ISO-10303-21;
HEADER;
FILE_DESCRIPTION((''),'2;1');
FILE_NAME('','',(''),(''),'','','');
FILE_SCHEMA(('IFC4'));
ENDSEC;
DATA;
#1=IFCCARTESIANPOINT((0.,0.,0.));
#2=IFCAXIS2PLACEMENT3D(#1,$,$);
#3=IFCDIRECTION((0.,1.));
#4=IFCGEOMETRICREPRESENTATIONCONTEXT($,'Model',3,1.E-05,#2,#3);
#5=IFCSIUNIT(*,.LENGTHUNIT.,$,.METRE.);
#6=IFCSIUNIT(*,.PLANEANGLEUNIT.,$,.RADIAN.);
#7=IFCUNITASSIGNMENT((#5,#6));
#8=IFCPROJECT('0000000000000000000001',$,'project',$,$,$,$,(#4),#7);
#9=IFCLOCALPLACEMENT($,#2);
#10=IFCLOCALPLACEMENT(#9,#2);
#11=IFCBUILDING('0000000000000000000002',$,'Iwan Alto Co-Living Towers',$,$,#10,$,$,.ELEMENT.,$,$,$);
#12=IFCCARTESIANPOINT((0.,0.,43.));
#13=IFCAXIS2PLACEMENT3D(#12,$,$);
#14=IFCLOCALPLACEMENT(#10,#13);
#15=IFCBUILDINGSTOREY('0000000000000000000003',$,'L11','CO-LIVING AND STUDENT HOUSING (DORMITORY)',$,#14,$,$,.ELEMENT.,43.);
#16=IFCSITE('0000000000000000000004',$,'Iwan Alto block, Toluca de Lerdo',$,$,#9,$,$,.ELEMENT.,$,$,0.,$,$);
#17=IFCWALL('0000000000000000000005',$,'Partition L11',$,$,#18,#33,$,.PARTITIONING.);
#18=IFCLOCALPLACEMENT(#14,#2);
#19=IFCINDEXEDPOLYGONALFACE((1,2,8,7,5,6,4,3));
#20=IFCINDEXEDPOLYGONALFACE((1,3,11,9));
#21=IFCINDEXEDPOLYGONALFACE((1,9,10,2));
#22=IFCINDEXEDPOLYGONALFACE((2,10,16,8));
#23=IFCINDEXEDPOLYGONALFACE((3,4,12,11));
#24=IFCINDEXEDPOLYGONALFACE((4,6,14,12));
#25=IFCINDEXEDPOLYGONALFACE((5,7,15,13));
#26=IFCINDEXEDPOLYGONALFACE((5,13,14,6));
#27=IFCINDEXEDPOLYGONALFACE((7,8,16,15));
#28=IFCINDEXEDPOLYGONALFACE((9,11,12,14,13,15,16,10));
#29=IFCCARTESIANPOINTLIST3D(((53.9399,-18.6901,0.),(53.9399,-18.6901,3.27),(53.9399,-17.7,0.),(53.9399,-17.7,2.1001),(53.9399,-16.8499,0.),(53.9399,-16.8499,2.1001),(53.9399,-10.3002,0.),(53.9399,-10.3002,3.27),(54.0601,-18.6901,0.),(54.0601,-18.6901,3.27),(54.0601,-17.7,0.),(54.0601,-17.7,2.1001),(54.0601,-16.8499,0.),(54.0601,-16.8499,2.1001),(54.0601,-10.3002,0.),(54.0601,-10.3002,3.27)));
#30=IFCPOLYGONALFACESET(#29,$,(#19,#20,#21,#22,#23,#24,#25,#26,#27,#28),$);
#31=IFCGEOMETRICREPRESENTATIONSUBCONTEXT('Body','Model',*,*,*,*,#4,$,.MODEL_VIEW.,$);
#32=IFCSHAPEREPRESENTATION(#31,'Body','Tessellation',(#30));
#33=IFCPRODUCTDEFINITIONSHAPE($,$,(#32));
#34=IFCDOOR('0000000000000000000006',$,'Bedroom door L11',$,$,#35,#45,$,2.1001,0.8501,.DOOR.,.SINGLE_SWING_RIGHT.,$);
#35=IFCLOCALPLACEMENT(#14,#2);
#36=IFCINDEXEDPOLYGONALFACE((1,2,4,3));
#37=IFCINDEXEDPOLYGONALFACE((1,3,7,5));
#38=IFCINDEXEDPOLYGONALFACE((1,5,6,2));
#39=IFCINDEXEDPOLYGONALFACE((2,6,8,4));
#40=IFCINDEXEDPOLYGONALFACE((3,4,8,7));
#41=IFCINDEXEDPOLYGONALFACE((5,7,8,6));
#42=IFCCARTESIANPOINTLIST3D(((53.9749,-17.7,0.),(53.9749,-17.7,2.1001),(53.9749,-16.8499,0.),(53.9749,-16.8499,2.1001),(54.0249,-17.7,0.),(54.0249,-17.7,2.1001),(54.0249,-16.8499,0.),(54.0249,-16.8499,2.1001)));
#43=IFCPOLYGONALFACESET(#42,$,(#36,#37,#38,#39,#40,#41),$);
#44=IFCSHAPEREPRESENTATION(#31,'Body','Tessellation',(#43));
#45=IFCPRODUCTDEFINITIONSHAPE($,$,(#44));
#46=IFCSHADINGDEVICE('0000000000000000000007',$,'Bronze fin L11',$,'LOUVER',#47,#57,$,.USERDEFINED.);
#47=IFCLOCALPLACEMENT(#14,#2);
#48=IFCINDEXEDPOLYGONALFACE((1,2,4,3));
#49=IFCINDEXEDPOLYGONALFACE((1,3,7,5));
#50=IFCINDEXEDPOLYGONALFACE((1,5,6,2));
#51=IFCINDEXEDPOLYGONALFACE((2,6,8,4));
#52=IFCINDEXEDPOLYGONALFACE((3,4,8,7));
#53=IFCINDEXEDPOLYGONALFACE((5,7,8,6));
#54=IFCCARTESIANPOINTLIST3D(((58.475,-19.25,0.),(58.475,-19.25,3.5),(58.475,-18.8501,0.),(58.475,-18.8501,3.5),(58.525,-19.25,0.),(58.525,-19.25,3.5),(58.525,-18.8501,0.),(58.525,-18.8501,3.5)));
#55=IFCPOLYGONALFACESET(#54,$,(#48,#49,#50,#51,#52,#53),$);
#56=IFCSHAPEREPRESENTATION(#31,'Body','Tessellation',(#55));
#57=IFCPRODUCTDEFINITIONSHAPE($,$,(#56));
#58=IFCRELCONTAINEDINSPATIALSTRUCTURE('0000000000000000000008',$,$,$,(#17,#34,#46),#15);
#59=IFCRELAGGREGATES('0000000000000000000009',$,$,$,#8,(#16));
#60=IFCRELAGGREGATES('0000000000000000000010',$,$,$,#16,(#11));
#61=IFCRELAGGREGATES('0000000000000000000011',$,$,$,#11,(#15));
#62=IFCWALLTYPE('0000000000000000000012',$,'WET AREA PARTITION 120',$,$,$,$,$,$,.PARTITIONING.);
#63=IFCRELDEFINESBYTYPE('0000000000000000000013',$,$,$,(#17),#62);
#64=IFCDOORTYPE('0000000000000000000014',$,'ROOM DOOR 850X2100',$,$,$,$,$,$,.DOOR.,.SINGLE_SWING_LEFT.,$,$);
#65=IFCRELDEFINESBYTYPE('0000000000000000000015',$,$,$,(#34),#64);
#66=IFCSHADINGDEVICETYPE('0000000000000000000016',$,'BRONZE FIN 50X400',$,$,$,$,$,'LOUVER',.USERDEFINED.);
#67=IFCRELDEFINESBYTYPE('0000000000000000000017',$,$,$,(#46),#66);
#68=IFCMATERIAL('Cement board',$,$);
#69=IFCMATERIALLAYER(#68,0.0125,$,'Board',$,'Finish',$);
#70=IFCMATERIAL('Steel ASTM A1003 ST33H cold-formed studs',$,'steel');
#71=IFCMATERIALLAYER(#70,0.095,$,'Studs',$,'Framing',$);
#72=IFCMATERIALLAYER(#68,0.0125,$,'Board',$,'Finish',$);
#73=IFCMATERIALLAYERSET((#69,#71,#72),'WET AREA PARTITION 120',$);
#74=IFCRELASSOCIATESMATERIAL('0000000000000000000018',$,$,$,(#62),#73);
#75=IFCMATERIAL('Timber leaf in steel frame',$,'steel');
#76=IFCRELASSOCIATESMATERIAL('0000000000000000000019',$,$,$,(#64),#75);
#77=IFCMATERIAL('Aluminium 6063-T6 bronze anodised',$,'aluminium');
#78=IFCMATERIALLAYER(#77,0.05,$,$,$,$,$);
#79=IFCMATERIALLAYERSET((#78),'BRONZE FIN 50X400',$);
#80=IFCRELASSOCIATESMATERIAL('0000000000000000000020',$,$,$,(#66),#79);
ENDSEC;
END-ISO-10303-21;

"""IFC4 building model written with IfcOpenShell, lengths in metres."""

from ifc_helpers import new_model, si_unit, direction, frame, frame_2d, origin, origin_2d, place, context, subcontext, project, spatial, rectangle, extrude, material, layer, layer_set, type_object, element, fill, save


model = new_model("IFC4")

# Units and contexts
model_context = context("Model", 3, precision=1e-05, world=origin(), true_north=direction((0.0, 1.0)))
body_context = subcontext(model_context, "Body", "Model", "MODEL_VIEW")
ifc_project = project(units=[si_unit("LENGTHUNIT", "METRE"), si_unit("PLANEANGLEUNIT", "RADIAN")], contexts=[model_context])

# Site, building, storey
site_placement = place(None, origin())
site = spatial("IfcSite", under=ifc_project, at=site_placement, Name="Iwan Alto block, Toluca de Lerdo", CompositionType="ELEMENT", RefElevation=0.0)
building_placement = place(site_placement, origin())
building = spatial("IfcBuilding", under=site, at=building_placement, Name="Iwan Alto Co-Living Towers", CompositionType="ELEMENT")
storey_placement = place(building_placement, frame((0.0, 0.0, 43.0)))
storey = spatial("IfcBuildingStorey", under=building, at=storey_placement, Name="L11", Description="CO-LIVING AND STUDENT HOUSING (DORMITORY)", CompositionType="ELEMENT", Elevation=43.0)

# Shared definitions
ifc_material_1 = material(Name="Steel ASTM A1003 ST33H cold-formed studs", Category="steel")

# Wall, opening, door
ifc_material_2 = material(Name="Cement board")
ifc_layer_1 = layer(ifc_material_2, 0.0125, Name="Board", Category="Finish")
ifc_layer_2 = layer(ifc_material_1, 0.095, Name="Studs", Category="Framing")
ifc_layer_3 = layer(ifc_material_2, 0.0125, Name="Board", Category="Finish")
ifc_layer_set_1 = layer_set([ifc_layer_1, ifc_layer_2, ifc_layer_3], Name="WET AREA PARTITION 120")
wall_type_1 = type_object("IfcWallType", Name="WET AREA PARTITION 120", PredefinedType="PARTITIONING", material=ifc_layer_set_1)
wall_1_placement = place(storey_placement, frame((54.0, -18.6899, 0.0), z_axis=(0.0, 0.0, 1.0), x_axis=(0.0, 1.0, 0.0)))
wall_1 = element("IfcWall", 1, at=wall_1_placement, inside=storey, type_object=wall_type_1, Name="Partition L11", PredefinedType="PARTITIONING", context=body_context, shape_type="SweptSolid", body=[
    extrude(rectangle(XDim=8.3899, YDim=0.1201, at=frame_2d((4.1948, 0.0))), origin(), (0.0, 0.0, 1.0), 3.27),
])
opening_placement = place(wall_1_placement, frame((0.99, 0.0, 0.0)))
opening = element("IfcOpeningElement", 2, at=opening_placement, cuts=wall_1, PredefinedType="OPENING", context=body_context, shape_type="SweptSolid", body=[
    extrude(rectangle(XDim=0.8501, YDim=2.1001, at=frame_2d((0.425, 1.05))), frame((0.0, 0.0701, 0.0), z_axis=(0.0, -1.0, 0.0), x_axis=(1.0, 0.0, 0.0)), (0.0, 0.0, 1.0), 0.1401),
])
ifc_material_3 = material(Name="Timber leaf in steel frame", Category="steel")
door_type = type_object("IfcDoorType", Name="ROOM DOOR 850X2100", OperationType="SINGLE_SWING_LEFT", PredefinedType="DOOR", material=ifc_material_3)
door_placement = place(opening_placement, frame((0.8501, 0.0, 0.0), z_axis=(0.0, 0.0, 1.0), x_axis=(-1.0, 0.0, 0.0)))
door = element("IfcDoor", 3, at=door_placement, inside=storey, type_object=door_type, Name="Bedroom door L11", OperationType="SINGLE_SWING_RIGHT", OverallHeight=2.1001, OverallWidth=0.8501, PredefinedType="DOOR", context=body_context, shape_type="SweptSolid", body=[
    extrude(rectangle(XDim=0.8501, YDim=2.1001, at=frame_2d((0.425, 1.05))), frame((0.0, 0.0249, 0.0), z_axis=(0.0, -1.0, 0.0), x_axis=(1.0, 0.0, 0.0)), (0.0, 0.0, 1.0), 0.05),
])
fill(opening, door)

# Shading device
ifc_material_4 = material(Name="Aluminium 6063-T6 bronze anodised", Category="aluminium")
ifc_layer_4 = layer(ifc_material_4, 0.05)
ifc_layer_set_2 = layer_set([ifc_layer_4], Name="BRONZE FIN 50X400")
shading_device_type = type_object("IfcShadingDeviceType", Name="BRONZE FIN 50X400", ElementType="LOUVER", PredefinedType="USERDEFINED", material=ifc_layer_set_2)
shading_device_placement = place(storey_placement, frame((58.5, -19.05, 0.0), z_axis=(0.0, 0.0, 1.0), x_axis=(1.0, 0.0, 0.0)))
element("IfcShadingDevice", 4, at=shading_device_placement, inside=storey, type_object=shading_device_type, Name="Bronze fin L11", ObjectType="LOUVER", PredefinedType="USERDEFINED", context=body_context, shape_type="SweptSolid", body=[
    extrude(rectangle(XDim=0.05, YDim=0.3999, at=origin_2d()), origin(), (0.0, 0.0, 1.0), 3.5),
])

save(model, "model.ifc")
